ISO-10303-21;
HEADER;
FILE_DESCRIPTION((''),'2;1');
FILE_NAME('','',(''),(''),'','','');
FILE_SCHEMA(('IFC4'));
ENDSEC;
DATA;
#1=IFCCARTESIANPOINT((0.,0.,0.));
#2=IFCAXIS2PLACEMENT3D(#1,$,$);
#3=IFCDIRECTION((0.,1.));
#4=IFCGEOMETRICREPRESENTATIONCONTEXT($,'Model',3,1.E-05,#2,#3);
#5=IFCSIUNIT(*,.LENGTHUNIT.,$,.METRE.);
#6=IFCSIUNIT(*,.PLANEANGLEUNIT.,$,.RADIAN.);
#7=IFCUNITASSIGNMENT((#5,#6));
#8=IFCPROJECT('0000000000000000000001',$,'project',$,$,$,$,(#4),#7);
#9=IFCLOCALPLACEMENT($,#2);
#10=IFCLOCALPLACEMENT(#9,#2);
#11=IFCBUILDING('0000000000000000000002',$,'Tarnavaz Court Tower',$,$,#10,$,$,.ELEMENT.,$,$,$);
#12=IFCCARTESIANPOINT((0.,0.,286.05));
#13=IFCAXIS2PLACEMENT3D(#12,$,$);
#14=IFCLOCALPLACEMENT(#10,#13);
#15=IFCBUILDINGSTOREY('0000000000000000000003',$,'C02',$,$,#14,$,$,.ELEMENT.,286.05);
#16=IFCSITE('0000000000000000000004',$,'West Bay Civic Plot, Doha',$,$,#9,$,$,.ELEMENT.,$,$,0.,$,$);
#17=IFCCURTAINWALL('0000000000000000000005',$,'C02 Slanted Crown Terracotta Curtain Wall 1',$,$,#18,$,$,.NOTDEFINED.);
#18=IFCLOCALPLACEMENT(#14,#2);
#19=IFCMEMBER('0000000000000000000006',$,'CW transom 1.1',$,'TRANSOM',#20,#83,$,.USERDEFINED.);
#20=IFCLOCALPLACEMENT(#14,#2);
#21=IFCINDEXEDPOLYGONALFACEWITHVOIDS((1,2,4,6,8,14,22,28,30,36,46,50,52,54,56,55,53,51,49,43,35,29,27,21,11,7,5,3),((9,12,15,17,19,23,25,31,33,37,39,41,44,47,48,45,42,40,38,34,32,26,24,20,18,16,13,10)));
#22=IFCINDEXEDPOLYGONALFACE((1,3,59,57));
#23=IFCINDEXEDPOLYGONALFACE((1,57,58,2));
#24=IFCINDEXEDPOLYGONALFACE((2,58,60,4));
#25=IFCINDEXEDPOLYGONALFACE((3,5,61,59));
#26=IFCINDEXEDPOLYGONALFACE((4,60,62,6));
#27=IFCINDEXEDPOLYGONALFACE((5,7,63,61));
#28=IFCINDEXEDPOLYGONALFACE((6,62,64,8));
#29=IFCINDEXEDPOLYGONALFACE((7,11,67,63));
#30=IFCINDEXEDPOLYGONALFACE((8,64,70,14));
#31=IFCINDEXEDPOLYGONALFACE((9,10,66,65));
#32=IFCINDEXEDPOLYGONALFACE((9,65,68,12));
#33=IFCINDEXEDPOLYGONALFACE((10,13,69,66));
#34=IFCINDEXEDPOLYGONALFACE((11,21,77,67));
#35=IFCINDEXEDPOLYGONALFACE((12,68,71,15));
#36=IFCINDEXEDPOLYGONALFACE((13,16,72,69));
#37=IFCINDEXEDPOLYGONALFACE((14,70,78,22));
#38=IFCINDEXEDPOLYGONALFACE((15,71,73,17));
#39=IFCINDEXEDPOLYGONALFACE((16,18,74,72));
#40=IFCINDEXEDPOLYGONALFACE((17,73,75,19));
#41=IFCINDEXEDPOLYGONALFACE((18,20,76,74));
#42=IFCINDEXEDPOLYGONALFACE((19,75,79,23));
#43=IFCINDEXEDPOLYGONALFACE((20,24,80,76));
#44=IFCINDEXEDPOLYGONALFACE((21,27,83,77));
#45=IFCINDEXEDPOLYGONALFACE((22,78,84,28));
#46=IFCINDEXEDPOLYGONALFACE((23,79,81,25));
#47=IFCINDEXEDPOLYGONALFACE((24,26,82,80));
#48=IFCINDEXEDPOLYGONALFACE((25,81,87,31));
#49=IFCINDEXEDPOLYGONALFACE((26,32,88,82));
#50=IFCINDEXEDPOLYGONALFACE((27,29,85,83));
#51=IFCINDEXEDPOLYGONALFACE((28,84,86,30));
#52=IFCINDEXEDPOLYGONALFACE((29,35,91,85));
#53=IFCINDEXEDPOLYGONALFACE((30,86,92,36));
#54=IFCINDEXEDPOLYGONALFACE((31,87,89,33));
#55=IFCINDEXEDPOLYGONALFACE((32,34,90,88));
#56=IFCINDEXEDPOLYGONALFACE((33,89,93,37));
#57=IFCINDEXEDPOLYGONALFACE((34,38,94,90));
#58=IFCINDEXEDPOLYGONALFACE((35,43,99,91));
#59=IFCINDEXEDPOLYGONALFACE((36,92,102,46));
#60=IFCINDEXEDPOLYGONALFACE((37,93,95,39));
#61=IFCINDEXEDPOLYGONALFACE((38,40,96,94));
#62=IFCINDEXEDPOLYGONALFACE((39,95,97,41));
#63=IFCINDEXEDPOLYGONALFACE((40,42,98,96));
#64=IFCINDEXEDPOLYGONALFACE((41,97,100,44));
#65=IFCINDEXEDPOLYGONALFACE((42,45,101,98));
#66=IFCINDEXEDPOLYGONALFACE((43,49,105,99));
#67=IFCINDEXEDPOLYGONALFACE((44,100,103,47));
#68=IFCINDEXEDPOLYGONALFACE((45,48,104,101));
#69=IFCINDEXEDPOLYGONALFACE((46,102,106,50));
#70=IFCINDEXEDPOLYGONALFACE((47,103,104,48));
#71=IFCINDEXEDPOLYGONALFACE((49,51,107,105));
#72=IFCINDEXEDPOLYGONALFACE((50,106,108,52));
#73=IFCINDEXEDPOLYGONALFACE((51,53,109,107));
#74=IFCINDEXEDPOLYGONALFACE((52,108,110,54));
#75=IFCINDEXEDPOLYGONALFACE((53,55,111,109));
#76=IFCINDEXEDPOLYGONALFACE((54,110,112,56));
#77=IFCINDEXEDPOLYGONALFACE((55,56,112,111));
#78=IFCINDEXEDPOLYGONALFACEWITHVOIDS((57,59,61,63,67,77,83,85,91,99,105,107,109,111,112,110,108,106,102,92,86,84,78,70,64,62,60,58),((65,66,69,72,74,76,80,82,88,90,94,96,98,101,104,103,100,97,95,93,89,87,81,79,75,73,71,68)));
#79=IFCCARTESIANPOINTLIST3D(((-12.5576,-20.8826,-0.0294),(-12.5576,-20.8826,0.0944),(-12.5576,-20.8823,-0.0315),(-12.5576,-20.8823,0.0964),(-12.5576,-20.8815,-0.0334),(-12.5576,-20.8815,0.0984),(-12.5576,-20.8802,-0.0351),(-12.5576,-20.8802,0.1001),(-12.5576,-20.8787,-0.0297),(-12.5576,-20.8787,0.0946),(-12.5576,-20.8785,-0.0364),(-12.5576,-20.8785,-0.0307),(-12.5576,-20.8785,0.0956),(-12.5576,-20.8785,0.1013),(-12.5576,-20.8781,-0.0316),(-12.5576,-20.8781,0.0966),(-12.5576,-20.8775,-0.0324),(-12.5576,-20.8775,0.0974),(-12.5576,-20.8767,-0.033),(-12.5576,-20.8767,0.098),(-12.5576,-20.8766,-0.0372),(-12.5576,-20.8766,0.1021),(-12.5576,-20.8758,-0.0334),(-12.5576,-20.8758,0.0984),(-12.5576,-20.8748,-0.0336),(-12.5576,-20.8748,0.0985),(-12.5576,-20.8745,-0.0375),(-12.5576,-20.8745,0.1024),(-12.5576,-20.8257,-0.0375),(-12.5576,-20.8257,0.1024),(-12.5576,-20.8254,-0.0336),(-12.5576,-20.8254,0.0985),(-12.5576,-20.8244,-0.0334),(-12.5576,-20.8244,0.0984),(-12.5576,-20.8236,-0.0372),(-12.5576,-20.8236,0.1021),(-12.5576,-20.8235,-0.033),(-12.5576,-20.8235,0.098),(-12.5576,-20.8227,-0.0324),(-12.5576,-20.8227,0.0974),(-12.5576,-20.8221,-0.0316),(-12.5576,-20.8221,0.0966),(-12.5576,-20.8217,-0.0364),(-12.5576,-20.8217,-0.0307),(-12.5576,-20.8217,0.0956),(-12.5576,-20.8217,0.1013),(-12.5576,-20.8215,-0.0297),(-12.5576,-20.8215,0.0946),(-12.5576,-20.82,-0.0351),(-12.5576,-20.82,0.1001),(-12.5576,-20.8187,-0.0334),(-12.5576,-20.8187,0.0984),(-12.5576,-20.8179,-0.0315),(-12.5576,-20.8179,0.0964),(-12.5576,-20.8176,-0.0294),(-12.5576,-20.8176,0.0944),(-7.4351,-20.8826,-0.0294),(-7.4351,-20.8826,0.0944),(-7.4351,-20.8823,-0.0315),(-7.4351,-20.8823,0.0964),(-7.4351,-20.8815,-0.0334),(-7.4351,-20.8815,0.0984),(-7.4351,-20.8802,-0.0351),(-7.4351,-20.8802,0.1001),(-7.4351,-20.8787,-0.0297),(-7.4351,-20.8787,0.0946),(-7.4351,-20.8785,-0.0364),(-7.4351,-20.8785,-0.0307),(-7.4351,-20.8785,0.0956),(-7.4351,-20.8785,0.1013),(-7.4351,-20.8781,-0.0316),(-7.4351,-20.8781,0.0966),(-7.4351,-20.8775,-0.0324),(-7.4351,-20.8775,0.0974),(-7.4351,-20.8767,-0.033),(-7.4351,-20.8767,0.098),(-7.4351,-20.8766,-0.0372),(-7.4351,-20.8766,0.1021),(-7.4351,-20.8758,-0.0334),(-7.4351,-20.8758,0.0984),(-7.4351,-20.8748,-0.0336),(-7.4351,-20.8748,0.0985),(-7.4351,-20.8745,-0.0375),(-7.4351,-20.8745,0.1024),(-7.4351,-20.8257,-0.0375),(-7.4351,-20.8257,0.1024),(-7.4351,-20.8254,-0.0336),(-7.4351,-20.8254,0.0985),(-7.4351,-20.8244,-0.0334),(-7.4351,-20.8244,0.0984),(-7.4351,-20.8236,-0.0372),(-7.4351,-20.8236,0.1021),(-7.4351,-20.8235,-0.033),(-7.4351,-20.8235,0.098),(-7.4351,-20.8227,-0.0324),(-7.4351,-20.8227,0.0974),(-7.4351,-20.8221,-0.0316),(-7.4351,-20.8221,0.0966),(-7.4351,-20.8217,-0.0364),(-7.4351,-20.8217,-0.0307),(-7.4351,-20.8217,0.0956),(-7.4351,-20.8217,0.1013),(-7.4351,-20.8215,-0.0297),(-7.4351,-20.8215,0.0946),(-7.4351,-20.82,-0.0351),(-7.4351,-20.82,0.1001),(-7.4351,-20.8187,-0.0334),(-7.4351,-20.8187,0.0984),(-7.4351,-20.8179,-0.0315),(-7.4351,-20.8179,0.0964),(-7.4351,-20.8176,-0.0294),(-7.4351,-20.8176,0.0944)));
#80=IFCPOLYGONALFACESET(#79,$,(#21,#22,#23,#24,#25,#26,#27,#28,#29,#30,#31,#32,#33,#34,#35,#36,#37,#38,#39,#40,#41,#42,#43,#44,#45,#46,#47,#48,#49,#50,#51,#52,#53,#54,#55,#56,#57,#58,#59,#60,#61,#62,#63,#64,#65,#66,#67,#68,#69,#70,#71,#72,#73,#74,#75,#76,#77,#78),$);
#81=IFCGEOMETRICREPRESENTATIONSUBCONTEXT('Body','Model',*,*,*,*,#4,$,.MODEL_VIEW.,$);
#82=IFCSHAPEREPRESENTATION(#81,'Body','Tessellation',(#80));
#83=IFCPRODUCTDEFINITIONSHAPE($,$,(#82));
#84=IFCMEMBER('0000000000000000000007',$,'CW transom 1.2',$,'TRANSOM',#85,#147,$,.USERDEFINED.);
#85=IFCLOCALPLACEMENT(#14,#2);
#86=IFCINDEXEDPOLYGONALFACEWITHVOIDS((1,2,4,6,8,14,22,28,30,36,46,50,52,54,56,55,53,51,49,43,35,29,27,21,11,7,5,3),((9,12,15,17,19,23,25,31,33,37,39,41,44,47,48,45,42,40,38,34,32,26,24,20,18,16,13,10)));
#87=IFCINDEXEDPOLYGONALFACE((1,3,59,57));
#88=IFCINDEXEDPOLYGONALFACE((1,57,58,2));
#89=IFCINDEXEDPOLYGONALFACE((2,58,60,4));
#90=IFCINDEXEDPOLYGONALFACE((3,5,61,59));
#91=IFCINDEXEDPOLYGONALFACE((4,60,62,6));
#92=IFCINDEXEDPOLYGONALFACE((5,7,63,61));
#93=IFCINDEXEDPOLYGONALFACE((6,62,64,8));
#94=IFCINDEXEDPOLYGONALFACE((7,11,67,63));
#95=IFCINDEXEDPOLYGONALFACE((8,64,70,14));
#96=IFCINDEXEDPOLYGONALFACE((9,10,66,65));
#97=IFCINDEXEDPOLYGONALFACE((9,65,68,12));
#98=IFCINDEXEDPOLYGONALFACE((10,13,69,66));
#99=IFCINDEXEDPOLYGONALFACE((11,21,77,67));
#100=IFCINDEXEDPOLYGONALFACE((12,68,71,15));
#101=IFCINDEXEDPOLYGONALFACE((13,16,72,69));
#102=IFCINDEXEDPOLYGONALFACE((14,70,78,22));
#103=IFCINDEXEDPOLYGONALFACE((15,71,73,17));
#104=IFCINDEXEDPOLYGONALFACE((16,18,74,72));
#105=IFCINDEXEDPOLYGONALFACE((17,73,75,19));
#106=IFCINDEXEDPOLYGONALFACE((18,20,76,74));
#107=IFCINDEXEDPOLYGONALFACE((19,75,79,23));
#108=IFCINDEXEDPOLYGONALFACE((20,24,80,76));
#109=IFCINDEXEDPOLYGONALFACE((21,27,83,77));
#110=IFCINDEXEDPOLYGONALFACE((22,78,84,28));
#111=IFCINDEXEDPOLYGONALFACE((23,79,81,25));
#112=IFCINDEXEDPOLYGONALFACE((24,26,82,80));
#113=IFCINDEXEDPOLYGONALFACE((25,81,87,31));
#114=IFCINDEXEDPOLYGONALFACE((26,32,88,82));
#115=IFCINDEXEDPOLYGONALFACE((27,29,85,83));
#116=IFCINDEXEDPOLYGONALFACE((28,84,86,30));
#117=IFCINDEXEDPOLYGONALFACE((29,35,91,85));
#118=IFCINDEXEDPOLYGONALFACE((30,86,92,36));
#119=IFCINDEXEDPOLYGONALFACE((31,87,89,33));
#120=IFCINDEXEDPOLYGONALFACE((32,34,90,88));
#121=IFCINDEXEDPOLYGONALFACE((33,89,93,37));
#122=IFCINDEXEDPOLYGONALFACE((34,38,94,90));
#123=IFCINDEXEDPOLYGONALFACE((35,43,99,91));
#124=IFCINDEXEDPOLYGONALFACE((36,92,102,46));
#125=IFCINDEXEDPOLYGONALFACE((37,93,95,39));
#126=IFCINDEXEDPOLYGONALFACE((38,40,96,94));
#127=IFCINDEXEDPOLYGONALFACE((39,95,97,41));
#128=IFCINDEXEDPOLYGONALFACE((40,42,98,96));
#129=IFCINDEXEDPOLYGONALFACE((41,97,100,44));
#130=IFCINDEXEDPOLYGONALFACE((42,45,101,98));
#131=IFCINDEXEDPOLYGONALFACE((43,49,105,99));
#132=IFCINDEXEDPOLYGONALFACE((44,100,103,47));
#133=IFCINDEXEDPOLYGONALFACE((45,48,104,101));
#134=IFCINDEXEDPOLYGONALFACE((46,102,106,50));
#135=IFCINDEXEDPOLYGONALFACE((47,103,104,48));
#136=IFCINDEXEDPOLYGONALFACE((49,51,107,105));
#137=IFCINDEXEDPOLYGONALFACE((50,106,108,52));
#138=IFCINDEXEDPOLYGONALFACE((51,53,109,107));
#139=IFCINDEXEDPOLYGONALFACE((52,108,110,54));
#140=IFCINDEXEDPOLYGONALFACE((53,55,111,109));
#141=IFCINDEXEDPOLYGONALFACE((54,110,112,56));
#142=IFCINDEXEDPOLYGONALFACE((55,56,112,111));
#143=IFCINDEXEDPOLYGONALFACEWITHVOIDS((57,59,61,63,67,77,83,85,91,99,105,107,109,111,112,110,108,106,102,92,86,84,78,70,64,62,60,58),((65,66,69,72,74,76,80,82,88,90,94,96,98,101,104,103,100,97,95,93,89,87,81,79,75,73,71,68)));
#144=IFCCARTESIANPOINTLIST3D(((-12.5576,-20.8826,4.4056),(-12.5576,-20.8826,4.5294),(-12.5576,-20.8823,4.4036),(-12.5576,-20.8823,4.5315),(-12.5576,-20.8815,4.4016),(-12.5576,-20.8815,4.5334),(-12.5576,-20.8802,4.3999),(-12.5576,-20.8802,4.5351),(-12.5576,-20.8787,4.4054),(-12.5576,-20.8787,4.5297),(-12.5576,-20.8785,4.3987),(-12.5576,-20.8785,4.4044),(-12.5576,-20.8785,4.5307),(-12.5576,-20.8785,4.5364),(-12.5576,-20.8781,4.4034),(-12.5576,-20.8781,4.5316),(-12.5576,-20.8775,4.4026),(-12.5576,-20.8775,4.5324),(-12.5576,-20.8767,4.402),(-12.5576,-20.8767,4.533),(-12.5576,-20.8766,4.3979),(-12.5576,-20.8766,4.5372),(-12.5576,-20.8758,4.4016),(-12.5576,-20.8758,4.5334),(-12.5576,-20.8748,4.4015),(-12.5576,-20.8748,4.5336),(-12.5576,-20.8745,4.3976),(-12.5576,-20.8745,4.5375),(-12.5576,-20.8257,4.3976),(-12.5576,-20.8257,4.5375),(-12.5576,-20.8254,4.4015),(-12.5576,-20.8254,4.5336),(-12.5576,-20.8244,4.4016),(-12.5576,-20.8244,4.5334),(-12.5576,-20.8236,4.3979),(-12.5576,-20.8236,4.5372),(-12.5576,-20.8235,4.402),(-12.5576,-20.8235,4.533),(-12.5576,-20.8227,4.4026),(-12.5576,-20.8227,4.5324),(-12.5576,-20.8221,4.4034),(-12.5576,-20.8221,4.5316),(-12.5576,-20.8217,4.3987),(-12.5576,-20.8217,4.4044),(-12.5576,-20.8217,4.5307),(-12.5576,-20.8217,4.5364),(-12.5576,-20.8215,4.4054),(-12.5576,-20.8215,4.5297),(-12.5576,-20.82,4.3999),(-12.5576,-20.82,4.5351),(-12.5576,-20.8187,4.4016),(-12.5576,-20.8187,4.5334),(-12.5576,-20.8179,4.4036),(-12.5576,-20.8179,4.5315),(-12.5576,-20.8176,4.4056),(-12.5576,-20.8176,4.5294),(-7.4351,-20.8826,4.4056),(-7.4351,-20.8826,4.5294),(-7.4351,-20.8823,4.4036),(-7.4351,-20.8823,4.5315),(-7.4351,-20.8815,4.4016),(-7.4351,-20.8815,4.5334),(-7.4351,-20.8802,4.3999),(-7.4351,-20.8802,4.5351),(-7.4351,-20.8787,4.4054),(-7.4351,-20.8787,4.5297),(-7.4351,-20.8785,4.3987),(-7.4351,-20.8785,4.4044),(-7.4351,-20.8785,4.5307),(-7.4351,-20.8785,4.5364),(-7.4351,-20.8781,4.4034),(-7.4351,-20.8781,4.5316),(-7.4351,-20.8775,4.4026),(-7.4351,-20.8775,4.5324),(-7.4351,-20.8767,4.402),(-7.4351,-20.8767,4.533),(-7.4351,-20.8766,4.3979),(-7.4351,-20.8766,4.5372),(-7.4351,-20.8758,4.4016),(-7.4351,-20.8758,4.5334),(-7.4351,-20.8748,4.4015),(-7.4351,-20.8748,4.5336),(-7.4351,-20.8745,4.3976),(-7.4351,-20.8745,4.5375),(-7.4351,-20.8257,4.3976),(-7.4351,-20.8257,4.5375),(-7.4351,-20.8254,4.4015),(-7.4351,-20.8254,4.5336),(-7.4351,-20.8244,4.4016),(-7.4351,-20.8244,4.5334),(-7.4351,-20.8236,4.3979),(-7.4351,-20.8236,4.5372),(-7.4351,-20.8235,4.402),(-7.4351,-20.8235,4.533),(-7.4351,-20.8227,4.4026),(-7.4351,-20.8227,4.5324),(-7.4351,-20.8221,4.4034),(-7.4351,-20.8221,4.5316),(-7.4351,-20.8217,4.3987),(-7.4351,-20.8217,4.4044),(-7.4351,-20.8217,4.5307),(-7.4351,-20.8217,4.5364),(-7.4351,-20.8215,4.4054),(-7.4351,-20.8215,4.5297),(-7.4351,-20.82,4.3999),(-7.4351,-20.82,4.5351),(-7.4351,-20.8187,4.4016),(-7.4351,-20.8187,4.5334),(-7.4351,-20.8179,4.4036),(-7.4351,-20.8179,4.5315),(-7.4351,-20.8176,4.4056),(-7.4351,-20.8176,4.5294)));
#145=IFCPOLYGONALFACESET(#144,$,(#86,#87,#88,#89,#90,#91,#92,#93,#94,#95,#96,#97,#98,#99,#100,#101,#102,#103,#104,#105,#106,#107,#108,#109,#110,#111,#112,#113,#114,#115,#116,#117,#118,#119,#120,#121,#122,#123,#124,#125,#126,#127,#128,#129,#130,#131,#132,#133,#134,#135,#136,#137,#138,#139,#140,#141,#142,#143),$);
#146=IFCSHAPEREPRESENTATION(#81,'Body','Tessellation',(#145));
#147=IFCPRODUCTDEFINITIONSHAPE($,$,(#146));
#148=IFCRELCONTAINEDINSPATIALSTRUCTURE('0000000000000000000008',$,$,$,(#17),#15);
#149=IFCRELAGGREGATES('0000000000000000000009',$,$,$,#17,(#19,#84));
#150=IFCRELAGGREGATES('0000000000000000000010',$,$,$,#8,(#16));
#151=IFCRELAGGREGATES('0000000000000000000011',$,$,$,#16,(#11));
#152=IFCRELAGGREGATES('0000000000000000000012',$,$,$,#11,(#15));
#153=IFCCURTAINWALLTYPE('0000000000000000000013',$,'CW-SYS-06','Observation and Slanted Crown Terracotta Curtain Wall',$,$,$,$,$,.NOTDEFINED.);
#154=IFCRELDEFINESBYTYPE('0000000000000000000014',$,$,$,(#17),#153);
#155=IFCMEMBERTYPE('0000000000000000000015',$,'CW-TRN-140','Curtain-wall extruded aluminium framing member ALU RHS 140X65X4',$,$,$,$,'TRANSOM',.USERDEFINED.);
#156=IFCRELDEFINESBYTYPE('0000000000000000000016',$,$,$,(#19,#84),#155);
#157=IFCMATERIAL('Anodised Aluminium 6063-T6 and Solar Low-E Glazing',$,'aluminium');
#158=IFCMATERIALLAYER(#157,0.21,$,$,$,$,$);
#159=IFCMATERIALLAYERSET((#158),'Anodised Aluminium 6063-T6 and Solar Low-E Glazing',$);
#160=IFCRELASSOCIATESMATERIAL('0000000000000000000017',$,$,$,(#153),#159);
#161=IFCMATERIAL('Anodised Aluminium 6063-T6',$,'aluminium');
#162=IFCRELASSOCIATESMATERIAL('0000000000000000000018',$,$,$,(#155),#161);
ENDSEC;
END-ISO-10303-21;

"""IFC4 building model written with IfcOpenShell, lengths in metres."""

from ifc_helpers import new_model, si_unit, direction, frame, origin, origin_2d, place, context, subcontext, project, spatial, hollow_rectangle, extrude, material, layer, layer_set, material_profile, profile_set, type_object, element, aggregate, save


model = new_model("IFC4")

# Units and contexts
model_context = context("Model", 3, precision=1e-05, world=origin(), true_north=direction((0.0, 1.0)))
body_context = subcontext(model_context, "Body", "Model", "MODEL_VIEW")
ifc_project = project(units=[si_unit("LENGTHUNIT", "METRE"), si_unit("PLANEANGLEUNIT", "RADIAN")], contexts=[model_context])

# Site, building, storey
site_placement = place(None, origin())
site = spatial("IfcSite", under=ifc_project, at=site_placement, Name="West Bay Civic Plot, Doha", CompositionType="ELEMENT", RefElevation=0.0)
building_placement = place(site_placement, origin())
building = spatial("IfcBuilding", under=site, at=building_placement, Name="Tarnavaz Court Tower", CompositionType="ELEMENT")
storey_placement = place(building_placement, frame((0.0, 0.0, 286.05)))
storey = spatial("IfcBuildingStorey", under=building, at=storey_placement, Name="C02", CompositionType="ELEMENT", Elevation=286.05)

# Curtain wall
ifc_material_1 = material(Name="Anodised Aluminium 6063-T6 and Solar Low-E Glazing", Category="aluminium")
ifc_layer_1 = layer(ifc_material_1, 0.21)
ifc_layer_set_1 = layer_set([ifc_layer_1], Name="Anodised Aluminium 6063-T6 and Solar Low-E Glazing")
curtain_wall_type = type_object("IfcCurtainWallType", Name="CW-SYS-06", Description="Observation and Slanted Crown Terracotta Curtain Wall", PredefinedType="NOTDEFINED", material=ifc_layer_set_1)
curtain_wall_1_placement = place(storey_placement, origin())
curtain_wall_1 = element("IfcCurtainWall", 1, at=curtain_wall_1_placement, inside=storey, type_object=curtain_wall_type, Name="C02 Slanted Crown Terracotta Curtain Wall 1", PredefinedType="NOTDEFINED")
ifc_material_2 = material(Name="Anodised Aluminium 6063-T6", Category="aluminium")

# Members
ifc_material_profile_1 = material_profile(ifc_material_2, hollow_rectangle(XDim=0.0649, YDim=0.1399, WallThickness=0.0039, InnerFilletRadius=0.0039, OuterFilletRadius=0.0081, at=origin_2d()), Name="ALU RHS 140X65X4")
ifc_profile_set_1 = profile_set([ifc_material_profile_1], Name="Anodised Aluminium 6063-T6")
member_type_1 = type_object("IfcMemberType", Name="CW-TRN-140", Description="Curtain-wall extruded aluminium framing member ALU RHS 140X65X4", ElementType="TRANSOM", PredefinedType="USERDEFINED", material=ifc_profile_set_1)
member_1_placement = place(storey_placement, frame((-7.4351, -20.8501, 0.0325), z_axis=(-1.0, 0.0, 0.0), x_axis=(0.0, -1.0, 0.0)))
member_1 = element("IfcMember", 2, at=member_1_placement, type_object=member_type_1, Name="CW transom 1.1", ObjectType="TRANSOM", PredefinedType="USERDEFINED", context=body_context, shape_type="SweptSolid", body=[
    extrude(hollow_rectangle(XDim=0.0649, YDim=0.1399, WallThickness=0.0039, InnerFilletRadius=0.0039, OuterFilletRadius=0.0081, at=origin_2d()), origin(), (0.0, 0.0, 1.0), 5.1226),
])
member_2_placement = place(storey_placement, frame((-7.4351, -20.8501, 4.4675), z_axis=(-1.0, 0.0, 0.0), x_axis=(0.0, -1.0, 0.0)))
member_2 = element("IfcMember", 3, at=member_2_placement, type_object=member_type_1, Name="CW transom 1.2", ObjectType="TRANSOM", PredefinedType="USERDEFINED", context=body_context, shape_type="SweptSolid", body=[
    extrude(hollow_rectangle(XDim=0.0649, YDim=0.1399, WallThickness=0.0039, InnerFilletRadius=0.0039, OuterFilletRadius=0.0081, at=origin_2d()), origin(), (0.0, 0.0, 1.0), 5.1226),
])

aggregate(curtain_wall_1, [member_1, member_2])

save(model, "model.ifc")
